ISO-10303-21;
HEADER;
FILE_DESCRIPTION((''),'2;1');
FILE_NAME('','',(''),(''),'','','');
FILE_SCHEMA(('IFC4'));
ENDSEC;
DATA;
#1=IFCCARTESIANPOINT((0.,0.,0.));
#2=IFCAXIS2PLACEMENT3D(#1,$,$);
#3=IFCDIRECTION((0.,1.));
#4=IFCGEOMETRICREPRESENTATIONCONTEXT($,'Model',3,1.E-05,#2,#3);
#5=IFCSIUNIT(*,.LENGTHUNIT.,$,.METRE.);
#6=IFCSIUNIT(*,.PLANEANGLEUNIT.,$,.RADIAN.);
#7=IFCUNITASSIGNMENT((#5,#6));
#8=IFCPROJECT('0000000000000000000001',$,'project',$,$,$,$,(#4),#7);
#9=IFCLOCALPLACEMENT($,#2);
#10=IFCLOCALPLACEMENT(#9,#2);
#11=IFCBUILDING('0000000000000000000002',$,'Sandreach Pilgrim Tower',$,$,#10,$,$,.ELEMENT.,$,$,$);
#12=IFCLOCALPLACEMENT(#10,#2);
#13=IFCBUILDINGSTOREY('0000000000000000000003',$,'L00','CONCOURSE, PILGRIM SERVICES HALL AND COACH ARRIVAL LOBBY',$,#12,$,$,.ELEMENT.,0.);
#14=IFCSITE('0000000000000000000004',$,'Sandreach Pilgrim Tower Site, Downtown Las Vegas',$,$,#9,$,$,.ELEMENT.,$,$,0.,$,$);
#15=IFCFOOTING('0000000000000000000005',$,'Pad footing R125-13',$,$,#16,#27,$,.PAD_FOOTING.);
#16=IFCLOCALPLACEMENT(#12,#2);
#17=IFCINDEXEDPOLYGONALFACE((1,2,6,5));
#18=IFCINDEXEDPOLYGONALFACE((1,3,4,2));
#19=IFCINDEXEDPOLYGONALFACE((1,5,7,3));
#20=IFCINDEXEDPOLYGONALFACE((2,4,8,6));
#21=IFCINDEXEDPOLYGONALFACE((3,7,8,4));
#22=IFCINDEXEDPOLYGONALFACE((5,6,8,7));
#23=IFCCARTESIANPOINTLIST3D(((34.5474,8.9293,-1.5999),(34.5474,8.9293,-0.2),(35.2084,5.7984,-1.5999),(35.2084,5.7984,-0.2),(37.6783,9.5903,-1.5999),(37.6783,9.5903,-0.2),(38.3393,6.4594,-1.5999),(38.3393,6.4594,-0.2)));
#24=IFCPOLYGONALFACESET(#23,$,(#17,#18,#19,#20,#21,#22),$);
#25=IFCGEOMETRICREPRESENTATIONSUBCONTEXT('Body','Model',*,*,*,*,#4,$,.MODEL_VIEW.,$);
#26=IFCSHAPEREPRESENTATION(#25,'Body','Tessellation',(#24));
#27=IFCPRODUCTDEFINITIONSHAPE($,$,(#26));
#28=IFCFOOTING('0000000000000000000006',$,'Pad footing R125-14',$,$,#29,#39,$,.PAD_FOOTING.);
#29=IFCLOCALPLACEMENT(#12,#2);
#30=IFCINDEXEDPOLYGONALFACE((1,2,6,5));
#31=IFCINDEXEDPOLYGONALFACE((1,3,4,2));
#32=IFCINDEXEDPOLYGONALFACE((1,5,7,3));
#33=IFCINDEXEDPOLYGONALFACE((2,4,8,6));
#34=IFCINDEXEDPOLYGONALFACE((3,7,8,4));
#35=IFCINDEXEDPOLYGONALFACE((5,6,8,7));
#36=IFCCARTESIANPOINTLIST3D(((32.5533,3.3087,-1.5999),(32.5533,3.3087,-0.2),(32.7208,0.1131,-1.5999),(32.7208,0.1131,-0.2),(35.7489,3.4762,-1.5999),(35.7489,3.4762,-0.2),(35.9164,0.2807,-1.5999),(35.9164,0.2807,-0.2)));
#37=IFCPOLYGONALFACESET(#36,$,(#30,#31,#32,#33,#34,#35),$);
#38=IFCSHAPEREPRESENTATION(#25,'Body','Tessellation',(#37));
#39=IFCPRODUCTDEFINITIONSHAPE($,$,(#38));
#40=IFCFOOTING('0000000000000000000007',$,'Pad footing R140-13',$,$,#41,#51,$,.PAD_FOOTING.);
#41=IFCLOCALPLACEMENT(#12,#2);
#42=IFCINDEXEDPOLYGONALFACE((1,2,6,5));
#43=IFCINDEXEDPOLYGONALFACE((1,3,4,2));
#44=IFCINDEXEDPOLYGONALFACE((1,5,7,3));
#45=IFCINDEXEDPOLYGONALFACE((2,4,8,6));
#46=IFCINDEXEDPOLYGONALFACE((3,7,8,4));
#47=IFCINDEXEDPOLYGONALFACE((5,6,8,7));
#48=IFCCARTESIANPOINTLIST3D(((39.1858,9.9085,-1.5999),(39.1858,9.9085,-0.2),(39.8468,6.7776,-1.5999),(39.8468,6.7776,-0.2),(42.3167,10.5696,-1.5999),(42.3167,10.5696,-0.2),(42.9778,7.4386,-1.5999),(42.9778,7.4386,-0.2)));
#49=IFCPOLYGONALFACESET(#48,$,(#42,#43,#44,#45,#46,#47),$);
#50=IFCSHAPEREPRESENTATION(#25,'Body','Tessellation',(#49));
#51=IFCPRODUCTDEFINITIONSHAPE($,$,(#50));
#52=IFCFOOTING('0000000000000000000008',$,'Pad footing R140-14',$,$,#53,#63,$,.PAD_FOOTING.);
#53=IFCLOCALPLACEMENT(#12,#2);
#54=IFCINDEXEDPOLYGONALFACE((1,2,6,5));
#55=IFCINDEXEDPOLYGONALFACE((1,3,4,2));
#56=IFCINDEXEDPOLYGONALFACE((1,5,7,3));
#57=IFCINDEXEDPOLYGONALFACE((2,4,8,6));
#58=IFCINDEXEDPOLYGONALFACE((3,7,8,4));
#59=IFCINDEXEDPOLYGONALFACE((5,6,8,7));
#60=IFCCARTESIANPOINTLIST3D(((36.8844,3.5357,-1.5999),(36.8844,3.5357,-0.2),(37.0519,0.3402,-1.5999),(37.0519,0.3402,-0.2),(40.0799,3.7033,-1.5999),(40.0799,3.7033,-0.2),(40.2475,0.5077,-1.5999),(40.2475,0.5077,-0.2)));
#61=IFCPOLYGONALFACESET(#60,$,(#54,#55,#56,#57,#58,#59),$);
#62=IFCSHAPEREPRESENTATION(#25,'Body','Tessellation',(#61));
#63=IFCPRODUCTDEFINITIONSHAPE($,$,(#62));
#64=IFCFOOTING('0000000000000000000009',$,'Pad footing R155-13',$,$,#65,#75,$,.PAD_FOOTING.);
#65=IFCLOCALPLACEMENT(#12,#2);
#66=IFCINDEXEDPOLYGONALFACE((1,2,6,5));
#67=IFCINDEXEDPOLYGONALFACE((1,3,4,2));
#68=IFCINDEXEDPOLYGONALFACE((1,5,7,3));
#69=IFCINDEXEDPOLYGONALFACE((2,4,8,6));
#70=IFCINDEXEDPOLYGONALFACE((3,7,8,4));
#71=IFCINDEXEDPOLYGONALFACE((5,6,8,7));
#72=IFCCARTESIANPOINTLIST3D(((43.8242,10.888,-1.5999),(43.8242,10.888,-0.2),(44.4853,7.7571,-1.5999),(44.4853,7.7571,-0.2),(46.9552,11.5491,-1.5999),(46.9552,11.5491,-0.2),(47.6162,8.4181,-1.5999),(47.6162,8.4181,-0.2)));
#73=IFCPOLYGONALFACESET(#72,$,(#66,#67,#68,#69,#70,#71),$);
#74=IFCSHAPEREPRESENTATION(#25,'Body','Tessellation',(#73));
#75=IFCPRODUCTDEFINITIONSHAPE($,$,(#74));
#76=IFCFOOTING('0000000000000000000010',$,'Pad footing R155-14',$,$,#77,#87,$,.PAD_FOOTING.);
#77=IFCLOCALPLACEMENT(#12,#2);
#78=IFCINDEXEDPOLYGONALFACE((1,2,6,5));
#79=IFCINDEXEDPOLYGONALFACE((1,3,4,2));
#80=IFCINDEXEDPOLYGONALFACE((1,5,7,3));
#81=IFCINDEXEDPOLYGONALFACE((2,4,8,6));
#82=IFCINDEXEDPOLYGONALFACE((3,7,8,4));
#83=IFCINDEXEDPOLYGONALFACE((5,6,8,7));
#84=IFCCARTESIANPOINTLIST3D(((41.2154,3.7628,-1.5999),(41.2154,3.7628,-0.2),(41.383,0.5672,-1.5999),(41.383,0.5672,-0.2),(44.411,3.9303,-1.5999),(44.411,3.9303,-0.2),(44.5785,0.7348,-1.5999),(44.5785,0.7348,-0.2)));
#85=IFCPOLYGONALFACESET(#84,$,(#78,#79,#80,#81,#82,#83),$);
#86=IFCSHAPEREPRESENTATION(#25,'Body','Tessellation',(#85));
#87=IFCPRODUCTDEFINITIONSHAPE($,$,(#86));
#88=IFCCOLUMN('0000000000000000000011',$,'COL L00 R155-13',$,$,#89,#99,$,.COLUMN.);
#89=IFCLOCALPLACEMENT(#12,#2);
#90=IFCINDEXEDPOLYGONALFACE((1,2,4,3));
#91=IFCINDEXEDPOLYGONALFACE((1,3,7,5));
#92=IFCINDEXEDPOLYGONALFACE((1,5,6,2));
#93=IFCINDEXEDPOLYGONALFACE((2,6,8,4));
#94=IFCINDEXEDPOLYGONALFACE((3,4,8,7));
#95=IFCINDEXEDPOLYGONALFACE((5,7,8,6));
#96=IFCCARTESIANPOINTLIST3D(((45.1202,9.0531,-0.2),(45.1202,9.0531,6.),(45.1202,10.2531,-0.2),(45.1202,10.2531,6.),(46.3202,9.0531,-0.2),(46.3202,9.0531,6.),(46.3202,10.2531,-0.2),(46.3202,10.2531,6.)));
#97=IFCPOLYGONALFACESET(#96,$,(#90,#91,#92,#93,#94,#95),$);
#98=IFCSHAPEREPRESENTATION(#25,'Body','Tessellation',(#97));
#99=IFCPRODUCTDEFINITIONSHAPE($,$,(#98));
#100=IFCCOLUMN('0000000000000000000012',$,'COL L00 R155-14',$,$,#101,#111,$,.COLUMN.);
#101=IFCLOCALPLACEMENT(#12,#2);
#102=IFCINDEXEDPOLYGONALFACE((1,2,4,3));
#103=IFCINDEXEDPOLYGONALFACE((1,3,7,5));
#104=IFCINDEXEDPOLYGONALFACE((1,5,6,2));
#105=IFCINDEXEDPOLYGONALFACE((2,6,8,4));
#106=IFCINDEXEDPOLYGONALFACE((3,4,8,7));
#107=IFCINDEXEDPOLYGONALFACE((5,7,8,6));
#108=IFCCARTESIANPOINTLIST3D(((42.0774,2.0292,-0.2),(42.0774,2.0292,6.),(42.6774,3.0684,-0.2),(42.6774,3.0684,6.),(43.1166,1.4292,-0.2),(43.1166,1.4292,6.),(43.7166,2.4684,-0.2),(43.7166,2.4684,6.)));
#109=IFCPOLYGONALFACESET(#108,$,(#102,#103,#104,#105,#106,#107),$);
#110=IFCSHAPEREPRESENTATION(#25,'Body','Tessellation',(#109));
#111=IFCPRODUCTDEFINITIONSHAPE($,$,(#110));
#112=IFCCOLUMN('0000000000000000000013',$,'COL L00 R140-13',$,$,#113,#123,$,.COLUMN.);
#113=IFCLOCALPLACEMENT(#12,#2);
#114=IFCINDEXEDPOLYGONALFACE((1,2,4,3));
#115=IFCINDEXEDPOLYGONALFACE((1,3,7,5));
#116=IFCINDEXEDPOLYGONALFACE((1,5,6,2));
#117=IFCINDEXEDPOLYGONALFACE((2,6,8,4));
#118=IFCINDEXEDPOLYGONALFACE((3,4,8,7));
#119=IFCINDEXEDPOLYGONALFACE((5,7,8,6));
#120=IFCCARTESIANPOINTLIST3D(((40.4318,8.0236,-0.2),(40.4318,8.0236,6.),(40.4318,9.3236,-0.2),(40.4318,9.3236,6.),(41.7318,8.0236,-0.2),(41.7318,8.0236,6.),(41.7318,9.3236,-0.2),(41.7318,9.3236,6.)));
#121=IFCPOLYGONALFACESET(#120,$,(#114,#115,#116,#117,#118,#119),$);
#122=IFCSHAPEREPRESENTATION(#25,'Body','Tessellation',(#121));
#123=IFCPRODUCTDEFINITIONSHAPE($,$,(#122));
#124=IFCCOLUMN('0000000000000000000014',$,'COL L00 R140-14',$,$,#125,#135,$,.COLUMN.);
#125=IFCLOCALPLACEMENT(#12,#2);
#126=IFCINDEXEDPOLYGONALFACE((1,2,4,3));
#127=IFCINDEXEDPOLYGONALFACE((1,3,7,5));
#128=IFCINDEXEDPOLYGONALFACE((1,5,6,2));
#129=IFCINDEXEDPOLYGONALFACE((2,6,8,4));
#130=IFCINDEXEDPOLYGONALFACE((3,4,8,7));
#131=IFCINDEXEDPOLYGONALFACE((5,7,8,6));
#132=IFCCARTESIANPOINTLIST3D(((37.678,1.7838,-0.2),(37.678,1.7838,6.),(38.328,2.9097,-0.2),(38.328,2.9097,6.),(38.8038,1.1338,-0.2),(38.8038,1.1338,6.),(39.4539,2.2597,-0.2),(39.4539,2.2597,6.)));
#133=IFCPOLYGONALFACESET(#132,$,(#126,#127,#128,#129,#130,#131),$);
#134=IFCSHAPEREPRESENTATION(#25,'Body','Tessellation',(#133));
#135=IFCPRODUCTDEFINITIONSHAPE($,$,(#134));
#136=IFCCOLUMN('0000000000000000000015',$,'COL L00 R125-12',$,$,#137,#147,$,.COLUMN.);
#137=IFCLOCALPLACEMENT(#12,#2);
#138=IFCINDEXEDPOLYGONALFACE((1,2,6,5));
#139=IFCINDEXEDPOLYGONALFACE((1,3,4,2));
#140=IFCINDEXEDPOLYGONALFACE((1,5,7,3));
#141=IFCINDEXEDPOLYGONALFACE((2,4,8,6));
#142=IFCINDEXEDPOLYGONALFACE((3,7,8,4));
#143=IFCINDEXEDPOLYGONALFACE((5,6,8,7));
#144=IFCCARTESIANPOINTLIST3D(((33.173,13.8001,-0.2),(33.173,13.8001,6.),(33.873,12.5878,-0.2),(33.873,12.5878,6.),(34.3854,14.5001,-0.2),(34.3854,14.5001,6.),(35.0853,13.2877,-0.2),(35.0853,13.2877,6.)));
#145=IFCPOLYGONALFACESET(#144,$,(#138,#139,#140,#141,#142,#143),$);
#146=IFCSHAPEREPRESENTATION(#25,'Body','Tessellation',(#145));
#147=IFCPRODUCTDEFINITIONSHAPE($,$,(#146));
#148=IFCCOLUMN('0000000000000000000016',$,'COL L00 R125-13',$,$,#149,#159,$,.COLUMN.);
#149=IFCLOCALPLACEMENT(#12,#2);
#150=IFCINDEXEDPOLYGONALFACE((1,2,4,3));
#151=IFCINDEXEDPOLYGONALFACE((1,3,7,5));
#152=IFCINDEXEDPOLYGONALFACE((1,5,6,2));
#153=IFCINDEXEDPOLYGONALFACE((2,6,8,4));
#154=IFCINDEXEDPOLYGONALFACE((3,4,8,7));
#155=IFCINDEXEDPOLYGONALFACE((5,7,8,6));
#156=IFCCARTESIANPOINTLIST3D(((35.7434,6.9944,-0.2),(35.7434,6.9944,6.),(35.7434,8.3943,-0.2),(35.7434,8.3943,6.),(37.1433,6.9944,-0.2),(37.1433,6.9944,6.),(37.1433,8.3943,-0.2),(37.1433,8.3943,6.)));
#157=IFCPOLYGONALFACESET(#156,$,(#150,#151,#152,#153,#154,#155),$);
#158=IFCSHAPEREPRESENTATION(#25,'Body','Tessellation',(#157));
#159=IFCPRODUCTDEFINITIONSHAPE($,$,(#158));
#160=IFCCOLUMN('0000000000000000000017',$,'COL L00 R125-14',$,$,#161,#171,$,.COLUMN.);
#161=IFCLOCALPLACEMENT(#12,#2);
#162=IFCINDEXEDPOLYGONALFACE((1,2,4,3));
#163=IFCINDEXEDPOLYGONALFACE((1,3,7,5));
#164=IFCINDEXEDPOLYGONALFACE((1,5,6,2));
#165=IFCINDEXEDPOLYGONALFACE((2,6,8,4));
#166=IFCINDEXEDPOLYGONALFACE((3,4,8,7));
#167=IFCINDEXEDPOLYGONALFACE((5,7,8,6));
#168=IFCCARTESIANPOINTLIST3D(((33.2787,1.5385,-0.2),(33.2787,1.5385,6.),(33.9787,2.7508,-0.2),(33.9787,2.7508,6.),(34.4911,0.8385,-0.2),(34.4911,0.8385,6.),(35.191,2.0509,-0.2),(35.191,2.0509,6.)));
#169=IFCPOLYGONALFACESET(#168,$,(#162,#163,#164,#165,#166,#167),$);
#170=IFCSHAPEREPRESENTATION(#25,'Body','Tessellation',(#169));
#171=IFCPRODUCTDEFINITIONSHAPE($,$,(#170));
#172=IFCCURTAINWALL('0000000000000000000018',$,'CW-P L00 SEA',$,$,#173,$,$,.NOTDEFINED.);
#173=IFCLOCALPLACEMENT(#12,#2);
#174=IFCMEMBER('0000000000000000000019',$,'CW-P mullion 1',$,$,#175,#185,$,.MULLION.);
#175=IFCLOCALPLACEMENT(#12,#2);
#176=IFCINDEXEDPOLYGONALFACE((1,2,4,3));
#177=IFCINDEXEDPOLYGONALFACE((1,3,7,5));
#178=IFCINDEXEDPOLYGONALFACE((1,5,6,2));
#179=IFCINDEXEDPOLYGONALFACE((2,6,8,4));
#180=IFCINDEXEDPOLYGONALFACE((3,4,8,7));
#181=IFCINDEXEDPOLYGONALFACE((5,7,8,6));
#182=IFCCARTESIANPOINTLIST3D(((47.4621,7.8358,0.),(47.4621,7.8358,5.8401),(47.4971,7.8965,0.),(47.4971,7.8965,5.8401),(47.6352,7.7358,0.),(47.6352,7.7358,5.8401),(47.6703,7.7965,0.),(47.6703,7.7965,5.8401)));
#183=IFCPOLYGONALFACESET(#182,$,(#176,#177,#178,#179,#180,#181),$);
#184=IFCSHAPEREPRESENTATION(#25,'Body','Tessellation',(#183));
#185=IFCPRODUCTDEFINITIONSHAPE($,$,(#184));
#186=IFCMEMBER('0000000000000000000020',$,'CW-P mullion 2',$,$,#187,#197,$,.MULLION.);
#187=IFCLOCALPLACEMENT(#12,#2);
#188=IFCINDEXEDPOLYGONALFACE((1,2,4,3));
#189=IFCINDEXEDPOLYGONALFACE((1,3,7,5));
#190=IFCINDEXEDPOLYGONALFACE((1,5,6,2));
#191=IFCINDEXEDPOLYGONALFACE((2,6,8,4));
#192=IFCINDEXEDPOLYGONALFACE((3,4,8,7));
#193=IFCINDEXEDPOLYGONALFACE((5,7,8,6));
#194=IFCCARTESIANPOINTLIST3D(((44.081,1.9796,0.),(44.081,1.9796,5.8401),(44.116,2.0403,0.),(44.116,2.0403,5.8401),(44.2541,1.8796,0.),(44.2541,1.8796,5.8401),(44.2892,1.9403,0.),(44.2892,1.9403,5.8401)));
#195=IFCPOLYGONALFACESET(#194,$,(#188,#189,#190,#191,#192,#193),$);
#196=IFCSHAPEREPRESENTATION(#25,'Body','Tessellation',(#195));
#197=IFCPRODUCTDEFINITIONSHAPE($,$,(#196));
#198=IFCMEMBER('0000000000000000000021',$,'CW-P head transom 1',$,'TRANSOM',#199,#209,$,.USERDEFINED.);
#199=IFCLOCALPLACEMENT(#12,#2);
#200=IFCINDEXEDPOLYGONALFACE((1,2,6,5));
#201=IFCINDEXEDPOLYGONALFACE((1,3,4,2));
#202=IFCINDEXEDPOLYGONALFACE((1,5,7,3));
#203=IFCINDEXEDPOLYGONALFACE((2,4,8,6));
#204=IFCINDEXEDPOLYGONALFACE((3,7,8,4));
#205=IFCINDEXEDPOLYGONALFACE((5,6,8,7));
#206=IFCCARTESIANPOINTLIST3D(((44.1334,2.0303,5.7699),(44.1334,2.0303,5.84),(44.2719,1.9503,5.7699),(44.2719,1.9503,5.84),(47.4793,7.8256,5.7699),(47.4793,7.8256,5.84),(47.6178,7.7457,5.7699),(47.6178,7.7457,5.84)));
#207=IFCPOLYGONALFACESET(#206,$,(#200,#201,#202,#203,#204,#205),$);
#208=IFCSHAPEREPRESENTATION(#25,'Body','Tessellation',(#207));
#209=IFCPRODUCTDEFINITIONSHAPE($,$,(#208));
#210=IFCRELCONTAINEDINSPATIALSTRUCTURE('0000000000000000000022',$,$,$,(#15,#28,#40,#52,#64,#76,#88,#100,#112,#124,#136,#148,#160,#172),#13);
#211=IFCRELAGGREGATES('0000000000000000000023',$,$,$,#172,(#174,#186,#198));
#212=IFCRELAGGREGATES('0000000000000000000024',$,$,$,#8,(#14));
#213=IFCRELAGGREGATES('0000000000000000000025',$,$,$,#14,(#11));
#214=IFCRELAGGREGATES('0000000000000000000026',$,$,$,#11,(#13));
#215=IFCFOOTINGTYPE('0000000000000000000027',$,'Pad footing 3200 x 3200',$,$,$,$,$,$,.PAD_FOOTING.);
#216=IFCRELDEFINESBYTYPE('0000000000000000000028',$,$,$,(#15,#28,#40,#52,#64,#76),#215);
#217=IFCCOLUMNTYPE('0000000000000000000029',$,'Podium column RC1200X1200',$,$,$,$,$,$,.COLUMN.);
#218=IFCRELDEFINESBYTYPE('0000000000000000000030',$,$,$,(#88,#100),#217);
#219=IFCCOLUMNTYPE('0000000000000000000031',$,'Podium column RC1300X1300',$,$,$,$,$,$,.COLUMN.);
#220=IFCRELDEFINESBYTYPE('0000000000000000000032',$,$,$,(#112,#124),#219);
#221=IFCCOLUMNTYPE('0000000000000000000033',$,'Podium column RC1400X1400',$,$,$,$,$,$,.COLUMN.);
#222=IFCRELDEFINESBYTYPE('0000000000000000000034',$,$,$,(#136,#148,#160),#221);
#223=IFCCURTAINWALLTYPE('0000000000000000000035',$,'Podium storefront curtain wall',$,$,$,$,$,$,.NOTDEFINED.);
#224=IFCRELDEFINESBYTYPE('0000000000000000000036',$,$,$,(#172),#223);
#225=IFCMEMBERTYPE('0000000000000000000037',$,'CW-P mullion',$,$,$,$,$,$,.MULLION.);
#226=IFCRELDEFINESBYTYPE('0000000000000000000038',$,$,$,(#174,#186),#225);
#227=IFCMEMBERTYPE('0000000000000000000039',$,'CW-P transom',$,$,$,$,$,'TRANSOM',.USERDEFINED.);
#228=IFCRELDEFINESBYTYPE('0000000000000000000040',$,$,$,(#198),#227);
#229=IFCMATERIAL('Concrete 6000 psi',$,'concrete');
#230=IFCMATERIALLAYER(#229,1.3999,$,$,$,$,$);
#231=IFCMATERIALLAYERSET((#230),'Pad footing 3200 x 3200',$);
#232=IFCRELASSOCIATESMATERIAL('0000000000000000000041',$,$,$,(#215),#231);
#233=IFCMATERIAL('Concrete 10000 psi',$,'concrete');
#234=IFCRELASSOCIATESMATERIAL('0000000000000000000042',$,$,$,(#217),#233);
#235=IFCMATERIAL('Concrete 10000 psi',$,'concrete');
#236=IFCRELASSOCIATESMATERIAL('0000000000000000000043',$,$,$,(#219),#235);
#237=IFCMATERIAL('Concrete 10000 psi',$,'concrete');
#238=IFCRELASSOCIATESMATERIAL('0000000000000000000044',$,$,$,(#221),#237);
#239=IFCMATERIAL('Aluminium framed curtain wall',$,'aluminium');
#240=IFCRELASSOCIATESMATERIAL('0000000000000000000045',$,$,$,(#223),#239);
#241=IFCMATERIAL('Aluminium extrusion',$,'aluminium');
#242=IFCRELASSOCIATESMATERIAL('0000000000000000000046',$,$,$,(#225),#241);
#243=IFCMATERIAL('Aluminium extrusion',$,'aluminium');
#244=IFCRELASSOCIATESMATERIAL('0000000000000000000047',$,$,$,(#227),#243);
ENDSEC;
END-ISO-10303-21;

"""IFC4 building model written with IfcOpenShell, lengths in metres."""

from ifc_helpers import new_model, si_unit, direction, frame, origin, origin_2d, place, context, subcontext, project, spatial, rectangle, extrude, material, layer, layer_set, material_profile, profile_set, type_object, element, aggregate, save


model = new_model("IFC4")

# Units and contexts
model_context = context("Model", 3, precision=1e-05, world=origin(), true_north=direction((0.0, 1.0)))
body_context = subcontext(model_context, "Body", "Model", "MODEL_VIEW")
ifc_project = project(units=[si_unit("LENGTHUNIT", "METRE"), si_unit("PLANEANGLEUNIT", "RADIAN")], contexts=[model_context])

# Site, building, storey
site_placement = place(None, origin())
site = spatial("IfcSite", under=ifc_project, at=site_placement, Name="Sandreach Pilgrim Tower Site, Downtown Las Vegas", CompositionType="ELEMENT", RefElevation=0.0)
building_placement = place(site_placement, origin())
building = spatial("IfcBuilding", under=site, at=building_placement, Name="Sandreach Pilgrim Tower", CompositionType="ELEMENT")
storey_placement = place(building_placement, origin())
storey = spatial("IfcBuildingStorey", under=building, at=storey_placement, Name="L00", Description="CONCOURSE, PILGRIM SERVICES HALL AND COACH ARRIVAL LOBBY", CompositionType="ELEMENT", Elevation=0.0)

# Footings
ifc_material_1 = material(Name="Concrete 6000 psi", Category="concrete")
ifc_layer_1 = layer(ifc_material_1, 1.3999)
ifc_layer_set_1 = layer_set([ifc_layer_1], Name="Pad footing 3200 x 3200")
footing_type = type_object("IfcFootingType", Name="Pad footing 3200 x 3200", PredefinedType="PAD_FOOTING", material=ifc_layer_set_1)
for number, where, z_axis, x_axis, name in (
    (1, (36.4434, 7.6943, -1.5999), (0.0, 0.0, 1.0), (0.97843, 0.206579, 0.0), "Pad footing R125-13"),
    (2, (34.2349, 1.7947, -1.5999), (0.0, 0.0, 1.0), (0.998629, 0.052351, 0.0), "Pad footing R125-14"),
    (3, (41.0818, 8.6736, -1.5999), (0.0, 0.0, 1.0), (0.97843, 0.206579, 0.0), "Pad footing R140-13"),
    (4, (38.5659, 2.0217, -1.5999), (0.0, 0.0, 1.0), (0.998629, 0.052351, 0.0), "Pad footing R140-14"),
    (5, (45.7202, 9.6531, -1.5999), (0.0, 0.0, 1.0), (0.97843, 0.206579, 0.0), "Pad footing R155-13"),
    (6, (42.897, 2.2488, -1.5999), (0.0, 0.0, 1.0), (0.998629, 0.052351, 0.0), "Pad footing R155-14"),
):
    element("IfcFooting", number, at=place(storey_placement, frame(where, z_axis=z_axis, x_axis=x_axis)), inside=storey, type_object=footing_type, Name=name, PredefinedType="PAD_FOOTING", context=body_context, shape_type="SweptSolid", body=[
        extrude(rectangle(XDim=3.2, YDim=3.2, at=origin_2d()), origin(), (0.0, 0.0, 1.0), 1.3999),
    ])

# Columns
ifc_material_2 = material(Name="Concrete 10000 psi", Category="concrete")
ifc_material_profile_1 = material_profile(ifc_material_2, rectangle(XDim=1.2, YDim=1.2, at=origin_2d()), Name="RC1200X1200")
ifc_profile_set_1 = profile_set([ifc_material_profile_1], Name="Concrete 10000 psi")
column_type_1 = type_object("IfcColumnType", Name="Podium column RC1200X1200", PredefinedType="COLUMN", material=ifc_profile_set_1)
for number, where, z_axis, x_axis, name in (
    (7, (45.7202, 9.6531, -0.2), (0.0, 0.0, 1.0), (1.0, 0.0, 0.0), "COL L00 R155-13"),
    (8, (42.897, 2.2488, -0.2), (0.0, 0.0, 1.0), (0.866025, -0.5, 0.0), "COL L00 R155-14"),
):
    element("IfcColumn", number, at=place(storey_placement, frame(where, z_axis=z_axis, x_axis=x_axis)), inside=storey, type_object=column_type_1, Name=name, PredefinedType="COLUMN", context=body_context, shape_type="SweptSolid", body=[
        extrude(rectangle(XDim=1.2, YDim=1.2, at=origin_2d()), origin(), (0.0, 0.0, 1.0), 6.2),
    ])
ifc_material_3 = material(Name="Concrete 10000 psi", Category="concrete")
ifc_material_profile_2 = material_profile(ifc_material_3, rectangle(XDim=1.3, YDim=1.3, at=origin_2d()), Name="RC1300X1300")
ifc_profile_set_2 = profile_set([ifc_material_profile_2], Name="Concrete 10000 psi")
column_type_2 = type_object("IfcColumnType", Name="Podium column RC1300X1300", PredefinedType="COLUMN", material=ifc_profile_set_2)
for number, where, z_axis, x_axis, name in (
    (9, (41.0818, 8.6736, -0.2), (0.0, 0.0, 1.0), (1.0, 0.0, 0.0), "COL L00 R140-13"),
    (10, (38.5659, 2.0217, -0.2), (0.0, 0.0, 1.0), (0.866025, -0.5, 0.0), "COL L00 R140-14"),
):
    element("IfcColumn", number, at=place(storey_placement, frame(where, z_axis=z_axis, x_axis=x_axis)), inside=storey, type_object=column_type_2, Name=name, PredefinedType="COLUMN", context=body_context, shape_type="SweptSolid", body=[
        extrude(rectangle(XDim=1.3, YDim=1.3, at=origin_2d()), origin(), (0.0, 0.0, 1.0), 6.2),
    ])
ifc_material_4 = material(Name="Concrete 10000 psi", Category="concrete")
ifc_material_profile_3 = material_profile(ifc_material_4, rectangle(XDim=1.3999, YDim=1.3999, at=origin_2d()), Name="RC1400X1400")
ifc_profile_set_3 = profile_set([ifc_material_profile_3], Name="Concrete 10000 psi")
column_type_3 = type_object("IfcColumnType", Name="Podium column RC1400X1400", PredefinedType="COLUMN", material=ifc_profile_set_3)
for number, where, z_axis, x_axis, name in (
    (11, (34.1292, 13.5439, -0.2), (0.0, 0.0, 1.0), (0.866025, 0.5, 0.0), "COL L00 R125-12"),
    (12, (36.4434, 7.6943, -0.2), (0.0, 0.0, 1.0), (1.0, 0.0, 0.0), "COL L00 R125-13"),
    (13, (34.2349, 1.7947, -0.2), (0.0, 0.0, 1.0), (0.866025, -0.5, 0.0), "COL L00 R125-14"),
):
    element("IfcColumn", number, at=place(storey_placement, frame(where, z_axis=z_axis, x_axis=x_axis)), inside=storey, type_object=column_type_3, Name=name, PredefinedType="COLUMN", context=body_context, shape_type="SweptSolid", body=[
        extrude(rectangle(XDim=1.3999, YDim=1.3999, at=origin_2d()), origin(), (0.0, 0.0, 1.0), 6.2),
    ])

# Curtain wall, members
ifc_material_5 = material(Name="Aluminium framed curtain wall", Category="aluminium")
curtain_wall_type = type_object("IfcCurtainWallType", Name="Podium storefront curtain wall", PredefinedType="NOTDEFINED", material=ifc_material_5)
curtain_wall_placement = place(storey_placement, origin())
curtain_wall = element("IfcCurtainWall", 14, at=curtain_wall_placement, inside=storey, type_object=curtain_wall_type, Name="CW-P L00 SEA", PredefinedType="NOTDEFINED")
ifc_material_6 = material(Name="Aluminium extrusion", Category="aluminium")
ifc_material_profile_4 = material_profile(ifc_material_6, rectangle(XDim=0.0701, YDim=0.2, at=origin_2d()), Name="CW-PM 70X200")
ifc_profile_set_4 = profile_set([ifc_material_profile_4], Name="Aluminium extrusion")
member_type_1 = type_object("IfcMemberType", Name="CW-P mullion", PredefinedType="MULLION", material=ifc_profile_set_4)
member_1_placement = place(storey_placement, frame((47.5662, 7.8162, 0.0), z_axis=(0.0, 0.0, 1.0), x_axis=(-0.5, -0.866025, 0.0)))
member_1 = element("IfcMember", 15, at=member_1_placement, type_object=member_type_1, Name="CW-P mullion 1", PredefinedType="MULLION", context=body_context, shape_type="SweptSolid", body=[
    extrude(rectangle(XDim=0.0701, YDim=0.2, at=origin_2d()), origin(), (0.0, 0.0, 1.0), 5.8401),
])
member_2_placement = place(storey_placement, frame((44.1851, 1.96, 0.0), z_axis=(0.0, 0.0, 1.0), x_axis=(-0.5, -0.866025, 0.0)))
member_2 = element("IfcMember", 16, at=member_2_placement, type_object=member_type_1, Name="CW-P mullion 2", PredefinedType="MULLION", context=body_context, shape_type="SweptSolid", body=[
    extrude(rectangle(XDim=0.0701, YDim=0.2, at=origin_2d()), origin(), (0.0, 0.0, 1.0), 5.8401),
])
ifc_material_7 = material(Name="Aluminium extrusion", Category="aluminium")
ifc_material_profile_5 = material_profile(ifc_material_7, rectangle(XDim=0.1599, YDim=0.0701, at=origin_2d()), Name="CW-PT 160X70")
ifc_profile_set_5 = profile_set([ifc_material_profile_5], Name="Aluminium extrusion")
member_type_2 = type_object("IfcMemberType", Name="CW-P transom", ElementType="TRANSOM", PredefinedType="USERDEFINED", material=ifc_profile_set_5)
member_3_placement = place(storey_placement, frame((47.5486, 7.7856, 5.8049), z_axis=(-0.499996, -0.866028, 0.0), x_axis=(0.866028, -0.499996, 0.0)))
member_3 = element("IfcMember", 17, at=member_3_placement, type_object=member_type_2, Name="CW-P head transom 1", ObjectType="TRANSOM", PredefinedType="USERDEFINED", context=body_context, shape_type="SweptSolid", body=[
    extrude(rectangle(XDim=0.1599, YDim=0.0701, at=origin_2d()), origin(), (0.0, 0.0, 1.0), 6.6919),
])

aggregate(curtain_wall, [member_1, member_2, member_3])

save(model, "model.ifc")
